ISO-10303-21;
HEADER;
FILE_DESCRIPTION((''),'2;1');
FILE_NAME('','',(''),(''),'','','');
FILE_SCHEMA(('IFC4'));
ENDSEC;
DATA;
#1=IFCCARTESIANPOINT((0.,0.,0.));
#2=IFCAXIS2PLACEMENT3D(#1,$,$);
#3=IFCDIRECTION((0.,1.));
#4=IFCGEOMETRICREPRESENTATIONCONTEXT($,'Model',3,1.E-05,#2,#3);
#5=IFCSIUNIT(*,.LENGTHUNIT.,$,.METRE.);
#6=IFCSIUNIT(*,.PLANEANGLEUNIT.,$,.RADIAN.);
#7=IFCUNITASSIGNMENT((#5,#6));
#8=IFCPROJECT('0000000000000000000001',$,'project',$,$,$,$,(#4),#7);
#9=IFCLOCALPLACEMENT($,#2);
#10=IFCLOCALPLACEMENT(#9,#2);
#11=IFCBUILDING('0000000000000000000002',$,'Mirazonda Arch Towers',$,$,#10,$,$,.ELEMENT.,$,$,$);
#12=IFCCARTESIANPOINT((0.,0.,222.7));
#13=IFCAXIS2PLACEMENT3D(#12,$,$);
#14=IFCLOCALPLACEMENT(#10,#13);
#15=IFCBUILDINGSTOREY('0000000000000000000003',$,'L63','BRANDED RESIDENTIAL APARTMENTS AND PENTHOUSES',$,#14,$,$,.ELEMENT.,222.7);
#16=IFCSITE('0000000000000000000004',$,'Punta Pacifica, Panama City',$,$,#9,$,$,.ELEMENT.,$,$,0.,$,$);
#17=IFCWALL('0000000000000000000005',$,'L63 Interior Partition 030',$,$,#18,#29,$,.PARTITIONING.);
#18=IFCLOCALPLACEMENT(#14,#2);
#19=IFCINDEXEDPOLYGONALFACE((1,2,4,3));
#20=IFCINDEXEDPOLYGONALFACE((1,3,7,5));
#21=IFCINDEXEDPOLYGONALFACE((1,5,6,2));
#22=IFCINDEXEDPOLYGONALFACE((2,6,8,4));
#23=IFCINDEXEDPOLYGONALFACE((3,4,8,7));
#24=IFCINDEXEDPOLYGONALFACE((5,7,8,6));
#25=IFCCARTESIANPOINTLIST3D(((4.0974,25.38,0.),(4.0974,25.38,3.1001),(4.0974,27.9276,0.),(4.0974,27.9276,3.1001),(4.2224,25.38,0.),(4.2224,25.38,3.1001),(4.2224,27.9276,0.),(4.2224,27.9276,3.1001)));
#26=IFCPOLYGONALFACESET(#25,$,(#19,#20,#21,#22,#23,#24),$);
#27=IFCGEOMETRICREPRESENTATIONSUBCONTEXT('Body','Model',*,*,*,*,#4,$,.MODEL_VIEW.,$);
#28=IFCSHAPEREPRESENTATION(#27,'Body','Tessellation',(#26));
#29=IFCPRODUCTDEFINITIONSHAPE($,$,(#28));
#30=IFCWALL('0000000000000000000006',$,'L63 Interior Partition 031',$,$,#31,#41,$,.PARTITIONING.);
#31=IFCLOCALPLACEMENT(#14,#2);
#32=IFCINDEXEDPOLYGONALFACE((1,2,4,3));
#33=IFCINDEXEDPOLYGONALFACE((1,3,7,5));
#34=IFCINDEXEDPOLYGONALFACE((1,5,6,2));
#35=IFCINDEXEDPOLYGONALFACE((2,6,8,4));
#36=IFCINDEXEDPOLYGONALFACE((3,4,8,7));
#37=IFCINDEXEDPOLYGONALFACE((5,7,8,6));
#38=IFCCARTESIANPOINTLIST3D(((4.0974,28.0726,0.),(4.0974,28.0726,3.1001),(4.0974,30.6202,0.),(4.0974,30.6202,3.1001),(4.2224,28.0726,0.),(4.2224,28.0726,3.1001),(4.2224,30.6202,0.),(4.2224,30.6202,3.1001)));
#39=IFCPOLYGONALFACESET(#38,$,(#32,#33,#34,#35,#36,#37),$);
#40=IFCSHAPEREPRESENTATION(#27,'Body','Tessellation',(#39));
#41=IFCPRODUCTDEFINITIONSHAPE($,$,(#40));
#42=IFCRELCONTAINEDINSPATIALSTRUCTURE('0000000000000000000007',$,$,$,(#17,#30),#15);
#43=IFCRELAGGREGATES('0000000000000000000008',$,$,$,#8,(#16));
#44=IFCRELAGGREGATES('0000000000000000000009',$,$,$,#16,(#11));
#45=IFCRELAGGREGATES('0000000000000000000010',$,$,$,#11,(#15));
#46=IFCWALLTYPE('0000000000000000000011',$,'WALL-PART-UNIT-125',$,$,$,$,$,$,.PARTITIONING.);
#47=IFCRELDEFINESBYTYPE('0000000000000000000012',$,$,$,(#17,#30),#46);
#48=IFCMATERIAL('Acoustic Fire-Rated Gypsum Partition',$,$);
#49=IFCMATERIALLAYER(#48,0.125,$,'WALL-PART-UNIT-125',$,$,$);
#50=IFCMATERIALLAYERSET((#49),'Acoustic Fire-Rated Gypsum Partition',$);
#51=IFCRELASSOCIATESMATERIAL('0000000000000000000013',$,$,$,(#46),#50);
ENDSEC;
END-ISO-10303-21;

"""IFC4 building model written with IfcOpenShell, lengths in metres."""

from ifc_helpers import new_model, si_unit, direction, frame, frame_2d, origin, place, context, subcontext, project, spatial, rectangle, extrude, material, layer, layer_set, type_object, element, save


model = new_model("IFC4")

# Units and contexts
model_context = context("Model", 3, precision=1e-05, world=origin(), true_north=direction((0.0, 1.0)))
body_context = subcontext(model_context, "Body", "Model", "MODEL_VIEW")
ifc_project = project(units=[si_unit("LENGTHUNIT", "METRE"), si_unit("PLANEANGLEUNIT", "RADIAN")], contexts=[model_context])

# Site, building, storey
site_placement = place(None, origin())
site = spatial("IfcSite", under=ifc_project, at=site_placement, Name="Punta Pacifica, Panama City", CompositionType="ELEMENT", RefElevation=0.0)
building_placement = place(site_placement, origin())
building = spatial("IfcBuilding", under=site, at=building_placement, Name="Mirazonda Arch Towers", CompositionType="ELEMENT")
storey_placement = place(building_placement, frame((0.0, 0.0, 222.7)))
storey = spatial("IfcBuildingStorey", under=building, at=storey_placement, Name="L63", Description="BRANDED RESIDENTIAL APARTMENTS AND PENTHOUSES", CompositionType="ELEMENT", Elevation=222.7)

# Walls
ifc_material_1 = material(Name="Acoustic Fire-Rated Gypsum Partition")
ifc_layer_1 = layer(ifc_material_1, 0.125, Name="WALL-PART-UNIT-125")
ifc_layer_set_1 = layer_set([ifc_layer_1], Name="Acoustic Fire-Rated Gypsum Partition")
wall_type_1 = type_object("IfcWallType", Name="WALL-PART-UNIT-125", PredefinedType="PARTITIONING", material=ifc_layer_set_1)
for number, where, z_axis, x_axis, name in (
    (1, (4.1599, 25.3799, 0.0), (0.0, 0.0, 1.0), (0.0, 1.0, 0.0), "L63 Interior Partition 030"),
    (2, (4.1599, 28.0725, 0.0), (0.0, 0.0, 1.0), (0.0, 1.0, 0.0), "L63 Interior Partition 031"),
):
    element("IfcWall", number, at=place(storey_placement, frame(where, z_axis=z_axis, x_axis=x_axis)), inside=storey, type_object=wall_type_1, Name=name, PredefinedType="PARTITIONING", context=body_context, shape_type="SweptSolid", body=[
        extrude(rectangle(XDim=2.5476, YDim=0.125, at=frame_2d((1.2739, 0.0))), origin(), (0.0, 0.0, 1.0), 3.1001),
    ])

save(model, "model.ifc")
